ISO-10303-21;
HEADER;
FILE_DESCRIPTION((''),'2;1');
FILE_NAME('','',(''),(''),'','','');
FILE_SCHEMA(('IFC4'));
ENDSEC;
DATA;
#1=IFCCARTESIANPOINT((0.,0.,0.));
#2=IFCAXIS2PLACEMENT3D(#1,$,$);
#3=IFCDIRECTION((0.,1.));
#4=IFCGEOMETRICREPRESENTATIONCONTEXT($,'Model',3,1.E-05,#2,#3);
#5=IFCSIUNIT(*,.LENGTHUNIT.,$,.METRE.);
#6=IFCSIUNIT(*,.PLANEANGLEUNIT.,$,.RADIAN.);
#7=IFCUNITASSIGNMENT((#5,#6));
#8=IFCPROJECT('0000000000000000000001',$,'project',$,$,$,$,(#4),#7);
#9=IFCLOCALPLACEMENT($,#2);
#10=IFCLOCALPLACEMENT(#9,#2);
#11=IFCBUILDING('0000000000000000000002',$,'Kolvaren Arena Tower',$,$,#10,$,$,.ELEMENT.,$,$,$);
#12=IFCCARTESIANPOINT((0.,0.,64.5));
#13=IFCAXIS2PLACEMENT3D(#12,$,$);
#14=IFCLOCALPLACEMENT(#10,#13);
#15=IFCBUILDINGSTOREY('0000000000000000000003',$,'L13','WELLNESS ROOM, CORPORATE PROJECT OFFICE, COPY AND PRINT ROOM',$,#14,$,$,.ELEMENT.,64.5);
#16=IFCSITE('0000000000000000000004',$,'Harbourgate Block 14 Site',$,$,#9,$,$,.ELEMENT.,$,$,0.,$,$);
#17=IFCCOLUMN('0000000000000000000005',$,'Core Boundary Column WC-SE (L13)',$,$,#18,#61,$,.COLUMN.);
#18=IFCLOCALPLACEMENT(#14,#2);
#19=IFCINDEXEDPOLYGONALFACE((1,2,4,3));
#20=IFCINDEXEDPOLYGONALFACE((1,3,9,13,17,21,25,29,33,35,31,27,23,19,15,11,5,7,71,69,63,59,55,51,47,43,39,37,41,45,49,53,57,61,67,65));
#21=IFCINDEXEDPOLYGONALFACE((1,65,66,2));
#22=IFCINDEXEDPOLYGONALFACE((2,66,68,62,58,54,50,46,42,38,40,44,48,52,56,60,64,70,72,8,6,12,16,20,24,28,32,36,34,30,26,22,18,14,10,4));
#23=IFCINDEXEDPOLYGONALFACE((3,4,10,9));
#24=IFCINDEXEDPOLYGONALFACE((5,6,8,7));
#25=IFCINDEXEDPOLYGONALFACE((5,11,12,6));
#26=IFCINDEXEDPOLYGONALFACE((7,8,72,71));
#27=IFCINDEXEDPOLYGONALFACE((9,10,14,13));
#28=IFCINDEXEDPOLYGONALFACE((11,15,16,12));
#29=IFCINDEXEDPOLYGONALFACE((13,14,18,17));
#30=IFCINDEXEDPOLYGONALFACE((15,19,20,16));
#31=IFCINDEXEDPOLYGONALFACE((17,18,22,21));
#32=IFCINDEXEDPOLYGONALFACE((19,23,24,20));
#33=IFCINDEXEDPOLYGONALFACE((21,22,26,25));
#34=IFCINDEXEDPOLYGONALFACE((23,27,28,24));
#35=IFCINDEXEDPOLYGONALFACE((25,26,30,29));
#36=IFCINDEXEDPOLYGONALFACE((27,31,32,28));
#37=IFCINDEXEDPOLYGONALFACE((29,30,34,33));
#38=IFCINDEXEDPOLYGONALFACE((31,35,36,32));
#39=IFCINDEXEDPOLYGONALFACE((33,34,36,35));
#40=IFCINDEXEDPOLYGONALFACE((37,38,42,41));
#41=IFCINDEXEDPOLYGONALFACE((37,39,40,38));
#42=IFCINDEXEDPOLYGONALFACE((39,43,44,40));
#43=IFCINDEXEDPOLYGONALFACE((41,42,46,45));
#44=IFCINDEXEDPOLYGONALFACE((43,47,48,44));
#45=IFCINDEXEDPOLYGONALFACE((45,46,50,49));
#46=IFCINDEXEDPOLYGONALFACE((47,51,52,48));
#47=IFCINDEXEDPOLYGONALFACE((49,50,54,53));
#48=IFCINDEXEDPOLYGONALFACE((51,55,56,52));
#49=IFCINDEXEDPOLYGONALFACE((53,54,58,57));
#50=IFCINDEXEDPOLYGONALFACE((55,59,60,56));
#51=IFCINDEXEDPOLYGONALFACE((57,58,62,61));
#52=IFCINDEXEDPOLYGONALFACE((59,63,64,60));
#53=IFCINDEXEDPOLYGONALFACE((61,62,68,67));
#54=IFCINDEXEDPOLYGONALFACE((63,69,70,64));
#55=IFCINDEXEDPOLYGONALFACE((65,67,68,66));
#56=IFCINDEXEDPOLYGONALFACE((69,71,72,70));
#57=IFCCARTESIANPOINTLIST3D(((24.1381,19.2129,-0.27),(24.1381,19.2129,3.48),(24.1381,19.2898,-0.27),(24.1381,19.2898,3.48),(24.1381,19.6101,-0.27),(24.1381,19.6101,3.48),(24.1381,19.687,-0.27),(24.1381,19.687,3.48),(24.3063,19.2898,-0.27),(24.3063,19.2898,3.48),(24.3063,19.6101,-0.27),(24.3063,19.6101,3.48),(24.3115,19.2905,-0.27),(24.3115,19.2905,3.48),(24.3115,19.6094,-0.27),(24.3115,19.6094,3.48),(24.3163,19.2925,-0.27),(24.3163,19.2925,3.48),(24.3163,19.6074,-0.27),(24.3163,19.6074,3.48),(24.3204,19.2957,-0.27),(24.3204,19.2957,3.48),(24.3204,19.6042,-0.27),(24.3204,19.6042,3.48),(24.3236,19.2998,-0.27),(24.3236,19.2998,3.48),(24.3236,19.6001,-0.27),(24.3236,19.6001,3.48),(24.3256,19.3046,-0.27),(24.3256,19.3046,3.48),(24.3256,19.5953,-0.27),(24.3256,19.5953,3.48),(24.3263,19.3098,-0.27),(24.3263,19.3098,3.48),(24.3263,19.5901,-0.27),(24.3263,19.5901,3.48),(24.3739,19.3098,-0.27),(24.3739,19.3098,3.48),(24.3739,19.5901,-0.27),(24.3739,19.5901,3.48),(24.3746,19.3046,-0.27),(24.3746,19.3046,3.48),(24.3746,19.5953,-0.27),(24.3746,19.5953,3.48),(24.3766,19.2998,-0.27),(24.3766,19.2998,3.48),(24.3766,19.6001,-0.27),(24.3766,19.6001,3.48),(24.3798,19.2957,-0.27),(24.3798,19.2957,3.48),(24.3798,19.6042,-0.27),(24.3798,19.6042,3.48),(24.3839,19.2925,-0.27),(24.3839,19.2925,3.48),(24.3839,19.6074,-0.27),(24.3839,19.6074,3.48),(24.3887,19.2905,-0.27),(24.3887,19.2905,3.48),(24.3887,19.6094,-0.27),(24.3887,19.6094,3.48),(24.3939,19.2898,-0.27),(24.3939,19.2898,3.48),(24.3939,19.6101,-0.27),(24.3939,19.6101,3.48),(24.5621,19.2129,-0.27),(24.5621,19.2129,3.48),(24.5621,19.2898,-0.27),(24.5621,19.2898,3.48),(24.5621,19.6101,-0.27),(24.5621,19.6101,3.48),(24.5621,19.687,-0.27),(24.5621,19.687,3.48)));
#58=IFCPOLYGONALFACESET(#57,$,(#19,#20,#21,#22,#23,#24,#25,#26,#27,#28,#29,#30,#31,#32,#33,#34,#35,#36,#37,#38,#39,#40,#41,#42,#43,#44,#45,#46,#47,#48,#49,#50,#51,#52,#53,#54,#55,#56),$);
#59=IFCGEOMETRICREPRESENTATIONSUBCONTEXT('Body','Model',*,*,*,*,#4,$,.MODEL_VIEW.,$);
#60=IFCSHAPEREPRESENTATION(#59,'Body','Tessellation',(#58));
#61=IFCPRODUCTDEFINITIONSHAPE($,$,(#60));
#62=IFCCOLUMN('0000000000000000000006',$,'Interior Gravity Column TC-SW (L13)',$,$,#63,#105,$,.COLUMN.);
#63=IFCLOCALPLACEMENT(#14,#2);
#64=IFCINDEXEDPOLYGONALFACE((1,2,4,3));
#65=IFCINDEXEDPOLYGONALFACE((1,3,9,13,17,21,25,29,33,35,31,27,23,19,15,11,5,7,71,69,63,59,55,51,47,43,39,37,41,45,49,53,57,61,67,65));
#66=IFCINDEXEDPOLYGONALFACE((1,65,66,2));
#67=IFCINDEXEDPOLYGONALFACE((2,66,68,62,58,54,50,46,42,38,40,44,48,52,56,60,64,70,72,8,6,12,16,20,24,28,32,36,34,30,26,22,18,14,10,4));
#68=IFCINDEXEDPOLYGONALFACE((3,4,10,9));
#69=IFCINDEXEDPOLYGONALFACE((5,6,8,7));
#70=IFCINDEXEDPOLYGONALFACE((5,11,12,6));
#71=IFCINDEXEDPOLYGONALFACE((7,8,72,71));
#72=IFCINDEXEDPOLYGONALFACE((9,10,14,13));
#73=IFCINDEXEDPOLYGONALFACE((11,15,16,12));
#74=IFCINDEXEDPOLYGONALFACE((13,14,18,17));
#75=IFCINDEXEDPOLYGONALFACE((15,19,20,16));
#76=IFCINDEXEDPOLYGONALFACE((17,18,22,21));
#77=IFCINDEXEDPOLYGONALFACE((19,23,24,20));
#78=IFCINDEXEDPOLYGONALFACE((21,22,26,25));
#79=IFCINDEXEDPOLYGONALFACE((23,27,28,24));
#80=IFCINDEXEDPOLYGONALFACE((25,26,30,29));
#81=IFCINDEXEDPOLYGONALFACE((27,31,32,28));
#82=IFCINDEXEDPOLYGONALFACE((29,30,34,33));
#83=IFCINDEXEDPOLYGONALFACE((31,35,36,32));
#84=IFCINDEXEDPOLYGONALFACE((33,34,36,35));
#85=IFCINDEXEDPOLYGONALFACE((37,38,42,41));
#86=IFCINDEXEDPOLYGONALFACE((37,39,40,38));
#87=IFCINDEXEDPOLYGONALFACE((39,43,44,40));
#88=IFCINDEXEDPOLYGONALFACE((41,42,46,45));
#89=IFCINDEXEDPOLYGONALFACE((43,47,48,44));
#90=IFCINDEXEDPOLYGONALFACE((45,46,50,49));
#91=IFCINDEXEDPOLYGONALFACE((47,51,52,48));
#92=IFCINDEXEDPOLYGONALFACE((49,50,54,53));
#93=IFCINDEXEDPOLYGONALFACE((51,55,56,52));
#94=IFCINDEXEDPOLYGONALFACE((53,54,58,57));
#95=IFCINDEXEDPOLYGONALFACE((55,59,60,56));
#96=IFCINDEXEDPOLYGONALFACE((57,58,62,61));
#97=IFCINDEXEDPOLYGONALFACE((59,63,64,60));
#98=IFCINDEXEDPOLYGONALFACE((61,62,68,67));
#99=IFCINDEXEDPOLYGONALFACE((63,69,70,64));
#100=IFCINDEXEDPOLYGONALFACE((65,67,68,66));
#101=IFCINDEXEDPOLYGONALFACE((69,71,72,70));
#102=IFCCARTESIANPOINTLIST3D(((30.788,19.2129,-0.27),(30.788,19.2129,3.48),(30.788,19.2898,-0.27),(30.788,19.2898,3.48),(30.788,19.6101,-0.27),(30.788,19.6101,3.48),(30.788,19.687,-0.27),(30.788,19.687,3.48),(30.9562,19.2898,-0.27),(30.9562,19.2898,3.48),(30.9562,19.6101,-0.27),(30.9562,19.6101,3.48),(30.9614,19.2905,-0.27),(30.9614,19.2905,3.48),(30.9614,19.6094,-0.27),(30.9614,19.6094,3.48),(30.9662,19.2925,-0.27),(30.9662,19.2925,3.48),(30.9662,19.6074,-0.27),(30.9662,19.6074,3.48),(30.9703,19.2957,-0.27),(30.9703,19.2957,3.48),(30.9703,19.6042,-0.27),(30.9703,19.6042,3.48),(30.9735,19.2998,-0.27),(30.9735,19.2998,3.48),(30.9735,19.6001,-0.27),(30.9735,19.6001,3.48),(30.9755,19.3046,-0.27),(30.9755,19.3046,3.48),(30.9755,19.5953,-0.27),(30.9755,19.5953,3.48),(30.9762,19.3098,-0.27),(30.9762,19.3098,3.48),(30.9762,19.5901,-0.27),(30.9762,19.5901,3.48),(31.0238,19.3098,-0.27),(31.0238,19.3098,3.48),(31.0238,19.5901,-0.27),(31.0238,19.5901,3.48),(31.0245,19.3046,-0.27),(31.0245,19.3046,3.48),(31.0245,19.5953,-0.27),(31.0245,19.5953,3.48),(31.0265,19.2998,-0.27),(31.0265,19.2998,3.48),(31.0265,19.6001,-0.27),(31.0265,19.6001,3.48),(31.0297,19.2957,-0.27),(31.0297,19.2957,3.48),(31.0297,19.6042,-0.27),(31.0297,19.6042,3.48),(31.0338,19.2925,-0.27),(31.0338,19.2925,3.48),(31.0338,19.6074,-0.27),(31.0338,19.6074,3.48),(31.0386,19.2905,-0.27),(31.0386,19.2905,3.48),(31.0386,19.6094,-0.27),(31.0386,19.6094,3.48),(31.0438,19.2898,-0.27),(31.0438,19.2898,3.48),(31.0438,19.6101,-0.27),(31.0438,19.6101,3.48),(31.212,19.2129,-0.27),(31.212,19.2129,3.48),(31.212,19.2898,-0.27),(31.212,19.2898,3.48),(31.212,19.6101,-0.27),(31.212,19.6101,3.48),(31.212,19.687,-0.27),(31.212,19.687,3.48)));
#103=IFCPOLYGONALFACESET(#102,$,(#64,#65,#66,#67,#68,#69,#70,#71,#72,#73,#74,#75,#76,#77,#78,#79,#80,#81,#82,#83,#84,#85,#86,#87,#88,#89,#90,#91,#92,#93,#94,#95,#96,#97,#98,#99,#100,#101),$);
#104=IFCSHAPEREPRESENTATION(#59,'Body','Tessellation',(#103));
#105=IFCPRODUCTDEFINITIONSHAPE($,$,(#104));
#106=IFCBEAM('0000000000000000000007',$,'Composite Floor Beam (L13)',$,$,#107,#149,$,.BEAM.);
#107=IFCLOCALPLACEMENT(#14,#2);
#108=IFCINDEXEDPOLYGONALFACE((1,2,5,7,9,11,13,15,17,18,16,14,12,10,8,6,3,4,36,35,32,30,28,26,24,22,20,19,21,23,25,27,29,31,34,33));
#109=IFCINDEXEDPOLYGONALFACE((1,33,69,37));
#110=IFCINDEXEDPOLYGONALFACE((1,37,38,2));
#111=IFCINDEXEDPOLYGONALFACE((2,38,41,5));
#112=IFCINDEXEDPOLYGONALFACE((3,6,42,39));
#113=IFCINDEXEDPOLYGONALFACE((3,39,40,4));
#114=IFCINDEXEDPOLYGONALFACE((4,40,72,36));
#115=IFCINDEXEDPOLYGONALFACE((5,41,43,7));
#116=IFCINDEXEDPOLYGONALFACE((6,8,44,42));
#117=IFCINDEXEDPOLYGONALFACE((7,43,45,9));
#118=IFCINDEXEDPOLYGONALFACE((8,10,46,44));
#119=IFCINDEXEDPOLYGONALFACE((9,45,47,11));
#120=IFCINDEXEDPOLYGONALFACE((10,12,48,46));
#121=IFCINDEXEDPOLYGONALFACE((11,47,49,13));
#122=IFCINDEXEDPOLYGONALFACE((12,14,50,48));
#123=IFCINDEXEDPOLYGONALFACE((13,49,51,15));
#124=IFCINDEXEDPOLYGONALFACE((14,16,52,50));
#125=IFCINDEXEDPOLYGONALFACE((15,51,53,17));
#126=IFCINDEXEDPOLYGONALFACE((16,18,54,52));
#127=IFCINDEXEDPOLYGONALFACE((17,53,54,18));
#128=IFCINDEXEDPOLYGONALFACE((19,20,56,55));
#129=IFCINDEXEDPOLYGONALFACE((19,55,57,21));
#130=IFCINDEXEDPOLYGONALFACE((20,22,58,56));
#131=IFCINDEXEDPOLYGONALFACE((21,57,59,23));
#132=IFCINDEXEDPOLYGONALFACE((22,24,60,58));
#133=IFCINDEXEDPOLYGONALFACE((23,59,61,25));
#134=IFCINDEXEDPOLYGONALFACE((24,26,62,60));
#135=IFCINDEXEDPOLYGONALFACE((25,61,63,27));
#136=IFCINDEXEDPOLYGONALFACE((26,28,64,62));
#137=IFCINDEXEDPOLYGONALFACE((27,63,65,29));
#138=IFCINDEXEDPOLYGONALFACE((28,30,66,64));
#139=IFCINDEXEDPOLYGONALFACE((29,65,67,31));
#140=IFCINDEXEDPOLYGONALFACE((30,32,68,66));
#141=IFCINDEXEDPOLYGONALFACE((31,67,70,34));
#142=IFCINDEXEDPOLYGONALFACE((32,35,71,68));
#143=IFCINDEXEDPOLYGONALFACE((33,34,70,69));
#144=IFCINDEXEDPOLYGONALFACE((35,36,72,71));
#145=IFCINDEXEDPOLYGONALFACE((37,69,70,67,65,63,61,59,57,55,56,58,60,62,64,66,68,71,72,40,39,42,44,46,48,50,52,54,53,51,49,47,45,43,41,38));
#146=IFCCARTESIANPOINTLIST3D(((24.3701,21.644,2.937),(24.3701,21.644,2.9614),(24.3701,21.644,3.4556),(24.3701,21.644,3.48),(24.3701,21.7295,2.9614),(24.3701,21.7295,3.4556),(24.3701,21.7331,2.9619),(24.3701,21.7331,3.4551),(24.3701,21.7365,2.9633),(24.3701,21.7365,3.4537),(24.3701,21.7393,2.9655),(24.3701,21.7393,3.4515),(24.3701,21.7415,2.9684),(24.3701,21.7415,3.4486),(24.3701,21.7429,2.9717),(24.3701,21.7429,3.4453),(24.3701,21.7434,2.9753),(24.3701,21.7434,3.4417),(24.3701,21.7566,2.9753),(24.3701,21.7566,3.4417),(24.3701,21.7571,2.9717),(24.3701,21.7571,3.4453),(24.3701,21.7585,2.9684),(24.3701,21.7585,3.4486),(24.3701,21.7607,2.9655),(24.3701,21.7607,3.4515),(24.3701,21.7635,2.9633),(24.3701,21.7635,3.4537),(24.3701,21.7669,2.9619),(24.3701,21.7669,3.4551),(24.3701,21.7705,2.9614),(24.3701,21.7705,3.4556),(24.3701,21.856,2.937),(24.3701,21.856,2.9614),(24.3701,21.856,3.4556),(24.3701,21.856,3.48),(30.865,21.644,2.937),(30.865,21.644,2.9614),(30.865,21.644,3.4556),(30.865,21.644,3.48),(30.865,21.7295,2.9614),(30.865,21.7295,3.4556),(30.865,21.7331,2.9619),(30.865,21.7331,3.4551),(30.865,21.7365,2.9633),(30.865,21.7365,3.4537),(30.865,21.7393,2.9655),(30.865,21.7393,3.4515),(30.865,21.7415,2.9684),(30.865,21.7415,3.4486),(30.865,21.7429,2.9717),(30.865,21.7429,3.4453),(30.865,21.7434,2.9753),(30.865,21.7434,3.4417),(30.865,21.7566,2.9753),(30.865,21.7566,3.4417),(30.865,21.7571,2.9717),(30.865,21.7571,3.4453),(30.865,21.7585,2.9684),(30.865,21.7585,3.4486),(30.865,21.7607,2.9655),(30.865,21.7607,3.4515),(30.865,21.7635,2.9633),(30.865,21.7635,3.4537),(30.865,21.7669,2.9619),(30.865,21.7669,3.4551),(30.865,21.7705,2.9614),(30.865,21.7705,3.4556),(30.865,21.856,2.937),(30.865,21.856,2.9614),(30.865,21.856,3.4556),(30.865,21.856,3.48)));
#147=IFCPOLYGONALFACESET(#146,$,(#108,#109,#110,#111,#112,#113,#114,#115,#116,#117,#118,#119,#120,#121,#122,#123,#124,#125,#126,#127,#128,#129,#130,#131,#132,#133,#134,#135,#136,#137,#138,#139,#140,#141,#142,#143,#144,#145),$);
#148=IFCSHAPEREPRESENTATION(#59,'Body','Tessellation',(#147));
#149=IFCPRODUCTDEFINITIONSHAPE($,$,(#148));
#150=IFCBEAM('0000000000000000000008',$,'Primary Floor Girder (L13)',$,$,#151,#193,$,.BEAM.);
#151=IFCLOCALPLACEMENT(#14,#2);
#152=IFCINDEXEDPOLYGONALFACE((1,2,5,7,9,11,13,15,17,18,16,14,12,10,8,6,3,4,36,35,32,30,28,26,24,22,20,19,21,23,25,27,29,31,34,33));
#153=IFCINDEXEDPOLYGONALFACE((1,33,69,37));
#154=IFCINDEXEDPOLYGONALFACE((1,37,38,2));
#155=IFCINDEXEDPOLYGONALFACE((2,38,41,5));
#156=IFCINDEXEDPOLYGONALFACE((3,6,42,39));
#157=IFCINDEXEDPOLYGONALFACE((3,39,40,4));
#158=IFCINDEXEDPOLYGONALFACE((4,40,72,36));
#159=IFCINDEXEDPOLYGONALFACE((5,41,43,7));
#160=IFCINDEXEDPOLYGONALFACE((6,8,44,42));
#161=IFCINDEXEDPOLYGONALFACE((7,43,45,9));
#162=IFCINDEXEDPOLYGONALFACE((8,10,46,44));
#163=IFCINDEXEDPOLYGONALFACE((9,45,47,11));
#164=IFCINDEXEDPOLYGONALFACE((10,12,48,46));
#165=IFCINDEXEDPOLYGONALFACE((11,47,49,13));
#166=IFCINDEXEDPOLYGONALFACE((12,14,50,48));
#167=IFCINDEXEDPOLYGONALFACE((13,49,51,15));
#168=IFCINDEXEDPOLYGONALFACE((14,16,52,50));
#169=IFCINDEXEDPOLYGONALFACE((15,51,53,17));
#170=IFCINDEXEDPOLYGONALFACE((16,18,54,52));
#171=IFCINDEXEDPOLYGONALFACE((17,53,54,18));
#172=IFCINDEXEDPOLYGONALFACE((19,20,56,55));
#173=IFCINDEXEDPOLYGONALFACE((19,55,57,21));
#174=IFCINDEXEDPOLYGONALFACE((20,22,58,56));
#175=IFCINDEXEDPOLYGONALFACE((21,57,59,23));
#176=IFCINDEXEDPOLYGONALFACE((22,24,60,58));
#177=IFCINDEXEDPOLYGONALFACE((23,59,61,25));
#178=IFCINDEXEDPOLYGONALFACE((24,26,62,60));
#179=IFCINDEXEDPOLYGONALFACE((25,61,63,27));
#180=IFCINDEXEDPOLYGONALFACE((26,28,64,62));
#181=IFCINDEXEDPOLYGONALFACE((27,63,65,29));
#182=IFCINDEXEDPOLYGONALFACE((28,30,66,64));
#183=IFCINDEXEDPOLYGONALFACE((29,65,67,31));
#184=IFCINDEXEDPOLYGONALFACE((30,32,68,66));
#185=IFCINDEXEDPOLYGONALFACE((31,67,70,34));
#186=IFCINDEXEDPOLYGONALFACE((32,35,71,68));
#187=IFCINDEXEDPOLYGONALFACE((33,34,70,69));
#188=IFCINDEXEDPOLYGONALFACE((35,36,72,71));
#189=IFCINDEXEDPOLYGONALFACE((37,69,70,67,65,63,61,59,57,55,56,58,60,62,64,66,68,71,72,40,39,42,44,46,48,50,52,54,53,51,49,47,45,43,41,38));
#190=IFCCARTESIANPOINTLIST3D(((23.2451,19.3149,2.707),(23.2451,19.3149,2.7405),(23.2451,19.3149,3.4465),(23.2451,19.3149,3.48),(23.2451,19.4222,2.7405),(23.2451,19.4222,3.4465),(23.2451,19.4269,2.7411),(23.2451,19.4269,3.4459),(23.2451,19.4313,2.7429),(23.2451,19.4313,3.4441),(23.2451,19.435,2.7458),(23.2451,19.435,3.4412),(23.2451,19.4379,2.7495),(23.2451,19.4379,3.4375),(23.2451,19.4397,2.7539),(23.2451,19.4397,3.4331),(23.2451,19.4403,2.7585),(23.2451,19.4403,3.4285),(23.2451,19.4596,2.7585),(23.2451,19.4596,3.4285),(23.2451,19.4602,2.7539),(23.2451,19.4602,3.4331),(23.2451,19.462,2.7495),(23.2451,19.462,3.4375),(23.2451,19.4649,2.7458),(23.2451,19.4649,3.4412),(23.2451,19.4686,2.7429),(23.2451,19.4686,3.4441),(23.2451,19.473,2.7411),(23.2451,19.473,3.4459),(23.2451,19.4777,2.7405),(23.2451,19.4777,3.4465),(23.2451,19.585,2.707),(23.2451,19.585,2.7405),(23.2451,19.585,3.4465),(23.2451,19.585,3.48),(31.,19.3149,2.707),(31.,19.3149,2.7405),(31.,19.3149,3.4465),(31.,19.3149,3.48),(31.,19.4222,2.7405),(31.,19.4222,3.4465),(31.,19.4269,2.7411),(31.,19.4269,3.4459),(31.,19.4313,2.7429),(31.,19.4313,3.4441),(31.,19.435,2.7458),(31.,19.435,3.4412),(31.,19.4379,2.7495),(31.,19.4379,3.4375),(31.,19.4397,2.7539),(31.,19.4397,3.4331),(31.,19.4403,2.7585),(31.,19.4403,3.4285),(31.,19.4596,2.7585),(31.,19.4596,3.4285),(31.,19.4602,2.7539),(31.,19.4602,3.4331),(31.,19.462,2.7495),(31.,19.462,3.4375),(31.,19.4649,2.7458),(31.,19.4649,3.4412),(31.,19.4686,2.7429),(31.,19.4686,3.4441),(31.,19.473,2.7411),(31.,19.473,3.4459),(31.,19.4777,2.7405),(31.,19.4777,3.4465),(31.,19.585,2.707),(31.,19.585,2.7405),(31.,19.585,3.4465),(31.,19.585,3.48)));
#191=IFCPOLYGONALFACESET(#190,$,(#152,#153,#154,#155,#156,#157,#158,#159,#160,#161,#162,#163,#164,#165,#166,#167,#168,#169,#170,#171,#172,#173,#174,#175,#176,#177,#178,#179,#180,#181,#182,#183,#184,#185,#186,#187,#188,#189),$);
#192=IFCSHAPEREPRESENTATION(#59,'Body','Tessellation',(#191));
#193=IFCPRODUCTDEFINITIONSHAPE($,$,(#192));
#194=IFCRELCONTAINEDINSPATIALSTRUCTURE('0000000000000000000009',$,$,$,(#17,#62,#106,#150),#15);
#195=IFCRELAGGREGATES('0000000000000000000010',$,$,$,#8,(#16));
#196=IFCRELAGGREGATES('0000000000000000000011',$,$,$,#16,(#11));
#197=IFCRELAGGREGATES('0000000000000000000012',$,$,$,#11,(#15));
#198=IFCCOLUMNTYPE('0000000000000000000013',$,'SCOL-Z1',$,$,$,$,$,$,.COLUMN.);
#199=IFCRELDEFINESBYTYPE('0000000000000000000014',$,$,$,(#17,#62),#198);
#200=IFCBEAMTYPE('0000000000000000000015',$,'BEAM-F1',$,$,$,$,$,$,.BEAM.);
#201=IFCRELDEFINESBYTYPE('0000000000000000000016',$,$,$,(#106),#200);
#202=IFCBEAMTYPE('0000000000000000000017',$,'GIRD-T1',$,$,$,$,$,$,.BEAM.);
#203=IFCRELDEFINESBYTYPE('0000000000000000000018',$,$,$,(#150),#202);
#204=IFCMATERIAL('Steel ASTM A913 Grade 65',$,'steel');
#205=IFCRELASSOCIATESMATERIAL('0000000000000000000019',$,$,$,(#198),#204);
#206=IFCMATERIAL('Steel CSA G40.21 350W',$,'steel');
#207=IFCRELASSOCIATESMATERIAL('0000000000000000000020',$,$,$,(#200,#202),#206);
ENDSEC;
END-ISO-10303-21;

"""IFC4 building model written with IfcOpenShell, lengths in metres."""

from ifc_helpers import new_model, si_unit, direction, frame, origin, origin_2d, place, context, subcontext, project, spatial, i_section, extrude, material, material_profile, profile_set, type_object, element, save


model = new_model("IFC4")

# Units and contexts
model_context = context("Model", 3, precision=1e-05, world=origin(), true_north=direction((0.0, 1.0)))
body_context = subcontext(model_context, "Body", "Model", "MODEL_VIEW")
ifc_project = project(units=[si_unit("LENGTHUNIT", "METRE"), si_unit("PLANEANGLEUNIT", "RADIAN")], contexts=[model_context])

# Site, building, storey
site_placement = place(None, origin())
site = spatial("IfcSite", under=ifc_project, at=site_placement, Name="Harbourgate Block 14 Site", CompositionType="ELEMENT", RefElevation=0.0)
building_placement = place(site_placement, origin())
building = spatial("IfcBuilding", under=site, at=building_placement, Name="Kolvaren Arena Tower", CompositionType="ELEMENT")
storey_placement = place(building_placement, frame((0.0, 0.0, 64.5)))
storey = spatial("IfcBuildingStorey", under=building, at=storey_placement, Name="L13", Description="WELLNESS ROOM, CORPORATE PROJECT OFFICE, COPY AND PRINT ROOM", CompositionType="ELEMENT", Elevation=64.5)

# Columns
ifc_material_1 = material(Name="Steel ASTM A913 Grade 65", Category="steel")
ifc_material_profile_1 = material_profile(ifc_material_1, i_section(OverallWidth=0.4241, OverallDepth=0.4741, WebThickness=0.0476, FlangeThickness=0.0769, FilletRadius=0.02, at=origin_2d()), Name="W360x634")
ifc_profile_set_1 = profile_set([ifc_material_profile_1], Name="Steel ASTM A913 Grade 65")
column_type = type_object("IfcColumnType", Name="SCOL-Z1", PredefinedType="COLUMN", material=ifc_profile_set_1)
for number, where, z_axis, x_axis, name in (
    (1, (24.3501, 19.45, -0.27), (0.0, 0.0, 1.0), (1.0, 0.0, 0.0), "Core Boundary Column WC-SE (L13)"),
    (2, (31.0, 19.45, -0.27), (0.0, 0.0, 1.0), (1.0, 0.0, 0.0), "Interior Gravity Column TC-SW (L13)"),
):
    element("IfcColumn", number, at=place(storey_placement, frame(where, z_axis=z_axis, x_axis=x_axis)), inside=storey, type_object=column_type, Name=name, PredefinedType="COLUMN", context=body_context, shape_type="SweptSolid", body=[
        extrude(i_section(OverallWidth=0.4241, OverallDepth=0.4741, WebThickness=0.0476, FlangeThickness=0.0769, FilletRadius=0.02, at=origin_2d()), origin(), (0.0, 0.0, 1.0), 3.75),
    ])

# Beams
ifc_material_2 = material(Name="Steel CSA G40.21 350W", Category="steel")
ifc_material_profile_2 = material_profile(ifc_material_2, i_section(OverallWidth=0.2119, OverallDepth=0.543, WebThickness=0.0132, FlangeThickness=0.0244, FilletRadius=0.0139, at=origin_2d()), Name="W530x150")
ifc_profile_set_2 = profile_set([ifc_material_profile_2], Name="Steel CSA G40.21 350W")
beam_type_1 = type_object("IfcBeamType", Name="BEAM-F1", PredefinedType="BEAM", material=ifc_profile_set_2)
beam_1_placement = place(storey_placement, frame((24.3701, 21.75, 3.2085), z_axis=(1.0, 0.0, 0.0), x_axis=(0.0, 1.0, 0.0)))
element("IfcBeam", 3, at=beam_1_placement, inside=storey, type_object=beam_type_1, Name="Composite Floor Beam (L13)", PredefinedType="BEAM", context=body_context, shape_type="SweptSolid", body=[
    extrude(i_section(OverallWidth=0.2119, OverallDepth=0.543, WebThickness=0.0132, FlangeThickness=0.0244, FilletRadius=0.0139, at=origin_2d()), origin(), (0.0, 0.0, 1.0), 6.4949),
])
ifc_material_profile_3 = material_profile(ifc_material_2, i_section(OverallWidth=0.27, OverallDepth=0.7729, WebThickness=0.0193, FlangeThickness=0.0334, FilletRadius=0.0181, at=origin_2d()), Name="W760x257")
ifc_profile_set_3 = profile_set([ifc_material_profile_3], Name="Steel CSA G40.21 350W")
beam_type_2 = type_object("IfcBeamType", Name="GIRD-T1", PredefinedType="BEAM", material=ifc_profile_set_3)
beam_2_placement = place(storey_placement, frame((23.2451, 19.45, 3.0935), z_axis=(1.0, 0.0, 0.0), x_axis=(0.0, 1.0, 0.0)))
element("IfcBeam", 4, at=beam_2_placement, inside=storey, type_object=beam_type_2, Name="Primary Floor Girder (L13)", PredefinedType="BEAM", context=body_context, shape_type="SweptSolid", body=[
    extrude(i_section(OverallWidth=0.27, OverallDepth=0.7729, WebThickness=0.0193, FlangeThickness=0.0334, FilletRadius=0.0181, at=origin_2d()), origin(), (0.0, 0.0, 1.0), 7.7549),
])

save(model, "model.ifc")
